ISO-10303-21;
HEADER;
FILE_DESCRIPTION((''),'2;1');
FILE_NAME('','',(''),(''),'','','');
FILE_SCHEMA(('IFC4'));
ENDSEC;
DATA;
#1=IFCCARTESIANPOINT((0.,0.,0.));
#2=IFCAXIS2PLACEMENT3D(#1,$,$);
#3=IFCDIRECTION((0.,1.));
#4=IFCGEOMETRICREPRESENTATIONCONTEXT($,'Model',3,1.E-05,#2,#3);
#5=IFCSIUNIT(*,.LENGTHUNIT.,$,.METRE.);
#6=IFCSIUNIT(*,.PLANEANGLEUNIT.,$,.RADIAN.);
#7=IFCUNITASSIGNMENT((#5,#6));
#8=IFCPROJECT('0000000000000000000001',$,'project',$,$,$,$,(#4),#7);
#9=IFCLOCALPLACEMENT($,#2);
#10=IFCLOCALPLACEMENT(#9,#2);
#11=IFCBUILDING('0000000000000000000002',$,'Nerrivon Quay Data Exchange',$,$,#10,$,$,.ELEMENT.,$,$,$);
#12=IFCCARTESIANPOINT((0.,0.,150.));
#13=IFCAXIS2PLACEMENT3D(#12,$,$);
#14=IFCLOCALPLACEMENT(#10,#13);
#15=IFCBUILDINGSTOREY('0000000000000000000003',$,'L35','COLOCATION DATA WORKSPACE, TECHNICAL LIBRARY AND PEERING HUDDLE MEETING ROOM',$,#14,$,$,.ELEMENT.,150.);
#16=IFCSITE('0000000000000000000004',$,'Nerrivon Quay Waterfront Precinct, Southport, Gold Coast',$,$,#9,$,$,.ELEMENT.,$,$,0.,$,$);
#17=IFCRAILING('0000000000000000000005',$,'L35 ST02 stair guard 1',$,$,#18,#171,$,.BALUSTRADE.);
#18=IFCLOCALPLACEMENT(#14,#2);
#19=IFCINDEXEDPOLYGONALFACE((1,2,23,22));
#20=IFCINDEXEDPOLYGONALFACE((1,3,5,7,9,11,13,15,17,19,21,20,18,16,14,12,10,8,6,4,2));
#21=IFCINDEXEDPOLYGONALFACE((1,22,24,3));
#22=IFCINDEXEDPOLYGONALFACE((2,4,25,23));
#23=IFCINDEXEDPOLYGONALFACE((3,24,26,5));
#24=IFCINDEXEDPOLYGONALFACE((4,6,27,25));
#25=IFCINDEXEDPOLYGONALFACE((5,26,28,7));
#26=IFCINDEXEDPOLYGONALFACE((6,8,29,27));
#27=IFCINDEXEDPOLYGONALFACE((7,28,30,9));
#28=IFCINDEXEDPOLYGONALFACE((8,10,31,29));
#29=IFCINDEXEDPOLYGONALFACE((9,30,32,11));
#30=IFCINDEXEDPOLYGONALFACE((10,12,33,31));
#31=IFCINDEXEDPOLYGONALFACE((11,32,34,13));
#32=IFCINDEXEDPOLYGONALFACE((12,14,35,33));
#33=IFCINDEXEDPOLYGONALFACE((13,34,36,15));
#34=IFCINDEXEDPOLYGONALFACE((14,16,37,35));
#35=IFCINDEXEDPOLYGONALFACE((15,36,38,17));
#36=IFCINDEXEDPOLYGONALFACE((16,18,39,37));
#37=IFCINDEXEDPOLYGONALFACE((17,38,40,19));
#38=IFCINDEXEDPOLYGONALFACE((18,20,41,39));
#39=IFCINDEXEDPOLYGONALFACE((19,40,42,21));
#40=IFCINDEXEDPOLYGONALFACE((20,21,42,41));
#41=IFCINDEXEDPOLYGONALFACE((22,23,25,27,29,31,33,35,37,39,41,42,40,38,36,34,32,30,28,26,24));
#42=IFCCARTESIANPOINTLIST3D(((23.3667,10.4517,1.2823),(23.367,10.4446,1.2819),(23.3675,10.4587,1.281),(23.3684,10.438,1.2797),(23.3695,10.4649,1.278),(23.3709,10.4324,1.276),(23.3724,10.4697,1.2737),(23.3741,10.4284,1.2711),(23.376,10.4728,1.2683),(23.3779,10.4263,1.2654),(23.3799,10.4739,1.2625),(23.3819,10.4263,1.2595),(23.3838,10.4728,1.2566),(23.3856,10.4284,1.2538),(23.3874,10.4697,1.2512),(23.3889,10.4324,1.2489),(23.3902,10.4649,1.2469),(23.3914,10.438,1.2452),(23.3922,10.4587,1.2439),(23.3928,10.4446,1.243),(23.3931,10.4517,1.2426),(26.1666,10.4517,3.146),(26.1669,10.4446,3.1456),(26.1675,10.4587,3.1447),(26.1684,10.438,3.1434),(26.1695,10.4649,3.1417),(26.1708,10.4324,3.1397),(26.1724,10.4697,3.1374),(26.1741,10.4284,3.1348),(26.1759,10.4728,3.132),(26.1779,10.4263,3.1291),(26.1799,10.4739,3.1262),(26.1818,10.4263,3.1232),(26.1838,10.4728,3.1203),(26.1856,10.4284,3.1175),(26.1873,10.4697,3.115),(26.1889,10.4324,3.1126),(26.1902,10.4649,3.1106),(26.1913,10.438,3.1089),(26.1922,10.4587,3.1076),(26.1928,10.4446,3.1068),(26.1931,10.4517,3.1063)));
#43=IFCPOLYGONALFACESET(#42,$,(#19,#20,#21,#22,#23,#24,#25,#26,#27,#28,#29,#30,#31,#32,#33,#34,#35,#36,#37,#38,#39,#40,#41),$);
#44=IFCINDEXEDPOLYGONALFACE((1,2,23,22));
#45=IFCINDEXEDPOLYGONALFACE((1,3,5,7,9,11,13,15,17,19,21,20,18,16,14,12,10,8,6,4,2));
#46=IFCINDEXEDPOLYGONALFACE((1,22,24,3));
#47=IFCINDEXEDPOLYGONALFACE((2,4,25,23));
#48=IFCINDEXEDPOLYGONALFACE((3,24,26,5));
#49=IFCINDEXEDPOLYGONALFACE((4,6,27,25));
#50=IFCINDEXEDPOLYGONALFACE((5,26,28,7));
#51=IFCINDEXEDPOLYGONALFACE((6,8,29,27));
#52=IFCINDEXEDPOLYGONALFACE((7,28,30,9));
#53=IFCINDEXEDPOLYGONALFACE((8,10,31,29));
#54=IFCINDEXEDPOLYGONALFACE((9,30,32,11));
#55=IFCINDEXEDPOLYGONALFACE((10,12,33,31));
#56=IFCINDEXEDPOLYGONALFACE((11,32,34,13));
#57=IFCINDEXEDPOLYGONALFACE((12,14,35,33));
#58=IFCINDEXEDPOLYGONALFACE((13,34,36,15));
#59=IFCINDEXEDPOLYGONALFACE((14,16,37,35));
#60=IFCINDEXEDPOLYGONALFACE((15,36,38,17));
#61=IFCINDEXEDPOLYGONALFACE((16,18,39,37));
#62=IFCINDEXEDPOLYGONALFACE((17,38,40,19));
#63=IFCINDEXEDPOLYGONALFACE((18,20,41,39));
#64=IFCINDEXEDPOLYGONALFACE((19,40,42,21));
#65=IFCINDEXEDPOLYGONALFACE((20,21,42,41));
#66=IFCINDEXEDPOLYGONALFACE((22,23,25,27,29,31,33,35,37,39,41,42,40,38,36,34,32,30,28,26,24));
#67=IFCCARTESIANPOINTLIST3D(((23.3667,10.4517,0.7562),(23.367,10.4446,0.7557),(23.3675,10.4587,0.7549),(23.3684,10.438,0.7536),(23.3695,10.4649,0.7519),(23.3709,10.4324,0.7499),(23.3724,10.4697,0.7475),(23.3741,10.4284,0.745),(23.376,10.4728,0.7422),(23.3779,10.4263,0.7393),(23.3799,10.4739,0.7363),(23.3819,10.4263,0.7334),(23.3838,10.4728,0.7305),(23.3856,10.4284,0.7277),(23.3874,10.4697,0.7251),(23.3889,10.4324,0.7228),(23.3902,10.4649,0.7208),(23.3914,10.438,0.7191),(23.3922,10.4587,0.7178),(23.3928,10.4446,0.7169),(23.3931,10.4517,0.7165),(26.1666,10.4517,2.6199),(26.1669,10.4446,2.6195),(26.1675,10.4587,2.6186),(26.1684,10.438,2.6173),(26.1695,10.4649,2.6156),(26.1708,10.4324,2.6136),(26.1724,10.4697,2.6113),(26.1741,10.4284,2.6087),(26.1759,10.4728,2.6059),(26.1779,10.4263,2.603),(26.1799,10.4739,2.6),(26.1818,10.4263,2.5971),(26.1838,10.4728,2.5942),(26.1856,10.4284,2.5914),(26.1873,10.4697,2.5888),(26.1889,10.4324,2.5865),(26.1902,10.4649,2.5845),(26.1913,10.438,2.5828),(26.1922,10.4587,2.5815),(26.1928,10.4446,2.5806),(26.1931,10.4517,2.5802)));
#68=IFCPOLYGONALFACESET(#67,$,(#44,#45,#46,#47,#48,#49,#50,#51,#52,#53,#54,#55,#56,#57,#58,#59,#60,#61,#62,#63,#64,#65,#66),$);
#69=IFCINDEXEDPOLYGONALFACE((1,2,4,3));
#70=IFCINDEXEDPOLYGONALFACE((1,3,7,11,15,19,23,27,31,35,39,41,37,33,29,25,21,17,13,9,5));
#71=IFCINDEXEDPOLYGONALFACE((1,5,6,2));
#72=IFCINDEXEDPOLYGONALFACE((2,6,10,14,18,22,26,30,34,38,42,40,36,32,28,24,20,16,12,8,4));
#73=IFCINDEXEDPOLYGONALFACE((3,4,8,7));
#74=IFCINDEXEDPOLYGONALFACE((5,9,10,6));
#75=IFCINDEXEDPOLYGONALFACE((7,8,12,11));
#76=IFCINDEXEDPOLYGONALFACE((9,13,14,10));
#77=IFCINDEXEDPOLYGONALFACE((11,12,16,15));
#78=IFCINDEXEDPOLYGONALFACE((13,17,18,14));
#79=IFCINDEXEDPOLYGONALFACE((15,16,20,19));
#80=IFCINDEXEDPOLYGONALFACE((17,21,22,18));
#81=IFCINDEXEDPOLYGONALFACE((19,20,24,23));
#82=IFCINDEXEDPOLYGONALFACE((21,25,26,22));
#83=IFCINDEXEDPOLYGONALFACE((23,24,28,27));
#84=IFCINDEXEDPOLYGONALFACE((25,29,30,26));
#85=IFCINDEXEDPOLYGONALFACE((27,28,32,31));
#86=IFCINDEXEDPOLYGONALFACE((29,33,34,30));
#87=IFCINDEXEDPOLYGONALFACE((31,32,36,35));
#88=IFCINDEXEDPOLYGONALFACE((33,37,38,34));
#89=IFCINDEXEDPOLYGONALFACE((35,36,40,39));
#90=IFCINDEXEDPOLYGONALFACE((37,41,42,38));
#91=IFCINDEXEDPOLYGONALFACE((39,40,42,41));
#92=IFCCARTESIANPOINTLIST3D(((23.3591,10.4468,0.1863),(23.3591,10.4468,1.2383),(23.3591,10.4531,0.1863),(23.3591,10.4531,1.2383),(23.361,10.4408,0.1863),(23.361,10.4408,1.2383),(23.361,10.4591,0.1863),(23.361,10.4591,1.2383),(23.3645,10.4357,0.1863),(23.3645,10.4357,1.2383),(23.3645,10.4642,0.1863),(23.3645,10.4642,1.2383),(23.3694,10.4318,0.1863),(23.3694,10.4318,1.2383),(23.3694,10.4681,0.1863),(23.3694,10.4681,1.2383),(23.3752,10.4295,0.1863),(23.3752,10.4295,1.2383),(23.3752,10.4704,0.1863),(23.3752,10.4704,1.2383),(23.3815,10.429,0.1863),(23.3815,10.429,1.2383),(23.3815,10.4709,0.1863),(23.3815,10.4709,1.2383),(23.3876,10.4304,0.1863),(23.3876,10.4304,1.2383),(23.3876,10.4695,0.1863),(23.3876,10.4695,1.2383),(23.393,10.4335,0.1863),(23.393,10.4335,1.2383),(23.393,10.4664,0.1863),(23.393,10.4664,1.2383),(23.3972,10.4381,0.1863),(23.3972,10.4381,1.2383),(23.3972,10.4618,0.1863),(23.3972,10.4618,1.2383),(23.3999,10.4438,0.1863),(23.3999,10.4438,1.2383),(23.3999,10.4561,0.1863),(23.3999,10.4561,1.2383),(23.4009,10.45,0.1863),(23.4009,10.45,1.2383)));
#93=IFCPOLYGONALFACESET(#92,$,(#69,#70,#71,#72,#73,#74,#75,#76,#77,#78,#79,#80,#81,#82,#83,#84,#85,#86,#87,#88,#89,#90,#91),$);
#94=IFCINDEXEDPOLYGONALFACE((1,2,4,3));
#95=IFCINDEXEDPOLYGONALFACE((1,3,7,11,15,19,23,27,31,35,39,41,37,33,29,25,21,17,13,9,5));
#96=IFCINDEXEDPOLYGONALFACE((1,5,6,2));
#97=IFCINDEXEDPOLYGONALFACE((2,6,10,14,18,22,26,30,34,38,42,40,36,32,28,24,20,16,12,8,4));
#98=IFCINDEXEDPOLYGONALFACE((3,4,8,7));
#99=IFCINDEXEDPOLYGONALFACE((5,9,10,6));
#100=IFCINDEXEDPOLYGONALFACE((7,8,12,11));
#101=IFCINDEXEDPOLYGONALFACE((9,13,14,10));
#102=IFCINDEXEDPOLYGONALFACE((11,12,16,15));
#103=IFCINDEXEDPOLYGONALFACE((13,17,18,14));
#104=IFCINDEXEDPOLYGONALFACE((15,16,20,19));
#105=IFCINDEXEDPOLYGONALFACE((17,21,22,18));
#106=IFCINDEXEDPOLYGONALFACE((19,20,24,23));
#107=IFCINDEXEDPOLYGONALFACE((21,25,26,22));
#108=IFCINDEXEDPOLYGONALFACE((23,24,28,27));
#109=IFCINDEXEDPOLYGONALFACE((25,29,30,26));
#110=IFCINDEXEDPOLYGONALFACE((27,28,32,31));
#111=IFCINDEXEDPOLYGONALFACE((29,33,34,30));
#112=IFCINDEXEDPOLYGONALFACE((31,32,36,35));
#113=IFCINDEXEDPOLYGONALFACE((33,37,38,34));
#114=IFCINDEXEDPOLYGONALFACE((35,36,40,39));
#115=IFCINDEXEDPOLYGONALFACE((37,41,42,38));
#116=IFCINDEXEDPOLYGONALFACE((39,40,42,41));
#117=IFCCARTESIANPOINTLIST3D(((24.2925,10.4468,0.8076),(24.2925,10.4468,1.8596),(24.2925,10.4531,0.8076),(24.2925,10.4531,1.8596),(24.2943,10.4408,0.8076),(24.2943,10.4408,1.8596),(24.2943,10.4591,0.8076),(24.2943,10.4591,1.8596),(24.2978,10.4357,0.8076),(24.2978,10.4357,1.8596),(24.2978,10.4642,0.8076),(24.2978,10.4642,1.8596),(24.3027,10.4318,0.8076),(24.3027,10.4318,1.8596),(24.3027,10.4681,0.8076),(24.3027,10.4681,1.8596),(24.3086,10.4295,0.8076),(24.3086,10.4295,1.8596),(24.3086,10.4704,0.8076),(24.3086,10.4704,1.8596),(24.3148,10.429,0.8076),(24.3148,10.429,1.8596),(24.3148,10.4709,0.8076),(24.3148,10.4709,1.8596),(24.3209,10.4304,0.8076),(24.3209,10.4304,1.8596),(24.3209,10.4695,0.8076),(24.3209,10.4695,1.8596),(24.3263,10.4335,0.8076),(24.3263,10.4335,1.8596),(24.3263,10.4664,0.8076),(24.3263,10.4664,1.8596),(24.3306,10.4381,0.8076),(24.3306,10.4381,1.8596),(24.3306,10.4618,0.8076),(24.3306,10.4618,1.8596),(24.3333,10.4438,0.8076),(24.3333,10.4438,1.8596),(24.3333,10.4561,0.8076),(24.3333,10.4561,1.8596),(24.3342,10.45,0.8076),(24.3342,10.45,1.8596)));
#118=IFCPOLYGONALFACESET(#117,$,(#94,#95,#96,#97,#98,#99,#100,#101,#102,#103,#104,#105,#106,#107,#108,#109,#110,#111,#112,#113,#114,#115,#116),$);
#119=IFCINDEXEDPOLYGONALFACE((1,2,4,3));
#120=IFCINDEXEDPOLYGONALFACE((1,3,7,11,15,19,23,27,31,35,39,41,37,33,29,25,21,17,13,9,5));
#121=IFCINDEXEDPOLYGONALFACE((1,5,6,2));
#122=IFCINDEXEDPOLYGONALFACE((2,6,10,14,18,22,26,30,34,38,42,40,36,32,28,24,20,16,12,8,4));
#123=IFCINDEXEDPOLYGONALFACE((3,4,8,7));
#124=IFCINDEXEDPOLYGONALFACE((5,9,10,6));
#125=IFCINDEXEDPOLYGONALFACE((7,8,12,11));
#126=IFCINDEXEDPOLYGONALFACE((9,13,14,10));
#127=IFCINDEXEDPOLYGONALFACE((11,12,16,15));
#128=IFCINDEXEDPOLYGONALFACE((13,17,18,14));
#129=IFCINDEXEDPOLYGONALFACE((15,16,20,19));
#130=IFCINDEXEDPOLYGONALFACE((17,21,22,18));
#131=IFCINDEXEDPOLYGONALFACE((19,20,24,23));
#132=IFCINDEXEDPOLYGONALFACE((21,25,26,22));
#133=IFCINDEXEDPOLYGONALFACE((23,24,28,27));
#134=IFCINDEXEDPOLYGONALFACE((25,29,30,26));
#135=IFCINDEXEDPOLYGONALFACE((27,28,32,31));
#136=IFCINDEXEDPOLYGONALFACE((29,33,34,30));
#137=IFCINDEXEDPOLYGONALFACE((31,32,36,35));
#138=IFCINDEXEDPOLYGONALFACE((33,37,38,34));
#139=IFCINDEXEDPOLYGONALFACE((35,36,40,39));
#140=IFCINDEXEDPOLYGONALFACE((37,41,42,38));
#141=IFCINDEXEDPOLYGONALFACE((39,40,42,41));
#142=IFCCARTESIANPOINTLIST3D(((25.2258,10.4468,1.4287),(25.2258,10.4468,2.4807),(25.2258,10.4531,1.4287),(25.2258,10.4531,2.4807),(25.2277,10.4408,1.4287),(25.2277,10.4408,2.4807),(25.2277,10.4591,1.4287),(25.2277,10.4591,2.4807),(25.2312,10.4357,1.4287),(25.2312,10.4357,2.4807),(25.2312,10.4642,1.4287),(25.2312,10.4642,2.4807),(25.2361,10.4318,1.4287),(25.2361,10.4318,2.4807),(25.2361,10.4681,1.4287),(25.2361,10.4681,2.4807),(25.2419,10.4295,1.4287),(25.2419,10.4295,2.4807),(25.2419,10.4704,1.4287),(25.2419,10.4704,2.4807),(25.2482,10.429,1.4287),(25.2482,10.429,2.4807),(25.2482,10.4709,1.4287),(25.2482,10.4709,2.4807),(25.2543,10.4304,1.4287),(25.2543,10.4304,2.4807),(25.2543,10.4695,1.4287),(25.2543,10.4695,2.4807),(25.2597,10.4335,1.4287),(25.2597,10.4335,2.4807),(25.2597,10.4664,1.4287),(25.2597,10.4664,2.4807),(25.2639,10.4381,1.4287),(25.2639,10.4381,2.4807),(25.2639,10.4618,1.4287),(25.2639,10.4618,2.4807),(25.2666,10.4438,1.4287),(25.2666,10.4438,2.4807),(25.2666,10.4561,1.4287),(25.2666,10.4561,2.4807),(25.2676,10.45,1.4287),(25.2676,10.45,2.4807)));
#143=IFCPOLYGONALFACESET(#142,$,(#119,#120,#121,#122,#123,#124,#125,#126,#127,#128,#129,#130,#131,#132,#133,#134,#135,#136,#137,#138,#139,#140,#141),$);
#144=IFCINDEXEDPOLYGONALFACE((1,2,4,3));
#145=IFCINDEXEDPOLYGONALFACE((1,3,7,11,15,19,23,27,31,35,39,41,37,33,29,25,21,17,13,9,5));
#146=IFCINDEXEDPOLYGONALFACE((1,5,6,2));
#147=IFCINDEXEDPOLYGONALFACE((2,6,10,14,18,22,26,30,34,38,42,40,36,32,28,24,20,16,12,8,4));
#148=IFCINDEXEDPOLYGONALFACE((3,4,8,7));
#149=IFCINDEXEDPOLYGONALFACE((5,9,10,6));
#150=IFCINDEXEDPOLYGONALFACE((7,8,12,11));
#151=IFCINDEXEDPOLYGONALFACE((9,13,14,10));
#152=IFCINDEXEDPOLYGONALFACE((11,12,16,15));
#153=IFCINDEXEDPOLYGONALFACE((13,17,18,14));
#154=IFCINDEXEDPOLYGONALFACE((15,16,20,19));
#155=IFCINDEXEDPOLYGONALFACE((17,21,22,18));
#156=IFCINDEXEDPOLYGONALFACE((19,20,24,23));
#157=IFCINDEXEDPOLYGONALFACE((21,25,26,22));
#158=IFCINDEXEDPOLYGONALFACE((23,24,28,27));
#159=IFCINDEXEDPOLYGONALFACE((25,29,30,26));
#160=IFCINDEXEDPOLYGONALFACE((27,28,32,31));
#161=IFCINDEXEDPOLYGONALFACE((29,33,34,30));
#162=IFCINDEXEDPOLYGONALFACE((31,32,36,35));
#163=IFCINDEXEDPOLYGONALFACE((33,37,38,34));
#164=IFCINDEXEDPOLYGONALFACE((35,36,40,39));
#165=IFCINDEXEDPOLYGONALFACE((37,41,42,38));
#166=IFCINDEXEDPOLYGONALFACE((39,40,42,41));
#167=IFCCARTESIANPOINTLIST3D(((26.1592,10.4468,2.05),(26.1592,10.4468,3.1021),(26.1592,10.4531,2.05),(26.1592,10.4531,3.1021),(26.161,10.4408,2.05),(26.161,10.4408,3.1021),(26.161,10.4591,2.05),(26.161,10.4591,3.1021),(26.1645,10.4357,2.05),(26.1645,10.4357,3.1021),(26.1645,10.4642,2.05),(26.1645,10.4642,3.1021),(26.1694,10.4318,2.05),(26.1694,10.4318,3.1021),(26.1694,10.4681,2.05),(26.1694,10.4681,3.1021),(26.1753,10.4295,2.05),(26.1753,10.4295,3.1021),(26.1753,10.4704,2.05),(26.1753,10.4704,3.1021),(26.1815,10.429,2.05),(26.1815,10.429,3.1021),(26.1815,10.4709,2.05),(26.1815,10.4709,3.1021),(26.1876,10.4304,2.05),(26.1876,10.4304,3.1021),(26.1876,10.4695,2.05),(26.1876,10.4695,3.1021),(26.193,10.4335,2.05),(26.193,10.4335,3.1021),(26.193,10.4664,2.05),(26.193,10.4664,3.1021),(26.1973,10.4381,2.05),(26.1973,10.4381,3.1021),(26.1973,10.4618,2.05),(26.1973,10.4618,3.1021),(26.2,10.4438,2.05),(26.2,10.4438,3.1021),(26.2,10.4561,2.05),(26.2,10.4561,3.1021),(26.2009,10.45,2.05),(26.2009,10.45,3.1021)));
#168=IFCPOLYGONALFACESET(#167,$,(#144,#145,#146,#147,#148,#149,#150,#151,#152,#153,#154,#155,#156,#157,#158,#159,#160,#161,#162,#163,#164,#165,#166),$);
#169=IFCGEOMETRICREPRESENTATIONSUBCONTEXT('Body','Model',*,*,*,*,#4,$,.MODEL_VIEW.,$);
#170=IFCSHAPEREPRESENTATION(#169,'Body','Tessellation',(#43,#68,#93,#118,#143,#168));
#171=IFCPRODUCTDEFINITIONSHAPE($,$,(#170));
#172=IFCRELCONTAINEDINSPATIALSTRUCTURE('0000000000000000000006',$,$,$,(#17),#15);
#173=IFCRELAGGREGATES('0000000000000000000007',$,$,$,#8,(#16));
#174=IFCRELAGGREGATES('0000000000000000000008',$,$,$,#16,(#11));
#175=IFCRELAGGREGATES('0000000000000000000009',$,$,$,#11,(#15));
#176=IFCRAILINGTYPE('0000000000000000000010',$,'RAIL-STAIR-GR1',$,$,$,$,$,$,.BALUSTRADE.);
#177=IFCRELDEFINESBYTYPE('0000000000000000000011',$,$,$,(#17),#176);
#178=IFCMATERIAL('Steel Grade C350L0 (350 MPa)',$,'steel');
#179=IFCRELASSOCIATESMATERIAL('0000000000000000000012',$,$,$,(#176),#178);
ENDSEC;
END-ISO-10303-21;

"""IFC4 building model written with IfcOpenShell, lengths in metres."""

from ifc_helpers import new_model, si_unit, direction, frame, origin, origin_2d, place, context, subcontext, project, spatial, circle, extrude, material, type_object, element, save


model = new_model("IFC4")

# Units and contexts
model_context = context("Model", 3, precision=1e-05, world=origin(), true_north=direction((0.0, 1.0)))
body_context = subcontext(model_context, "Body", "Model", "MODEL_VIEW")
ifc_project = project(units=[si_unit("LENGTHUNIT", "METRE"), si_unit("PLANEANGLEUNIT", "RADIAN")], contexts=[model_context])

# Site, building, storey
site_placement = place(None, origin())
site = spatial("IfcSite", under=ifc_project, at=site_placement, Name="Nerrivon Quay Waterfront Precinct, Southport, Gold Coast", CompositionType="ELEMENT", RefElevation=0.0)
building_placement = place(site_placement, origin())
building = spatial("IfcBuilding", under=site, at=building_placement, Name="Nerrivon Quay Data Exchange", CompositionType="ELEMENT")
storey_placement = place(building_placement, frame((0.0, 0.0, 150.0)))
storey = spatial("IfcBuildingStorey", under=building, at=storey_placement, Name="L35", Description="COLOCATION DATA WORKSPACE, TECHNICAL LIBRARY AND PEERING HUDDLE MEETING ROOM", CompositionType="ELEMENT", Elevation=150.0)

# Railing
ifc_material_1 = material(Name="Steel Grade C350L0 (350 MPa)", Category="steel")
railing_type_1 = type_object("IfcRailingType", Name="RAIL-STAIR-GR1", PredefinedType="BALUSTRADE", material=ifc_material_1)
railing_1_placement = place(storey_placement, frame((23.3799, 10.45, 0.1863)))
element("IfcRailing", 1, at=railing_1_placement, inside=storey, type_object=railing_type_1, Name="L35 ST02 stair guard 1", PredefinedType="BALUSTRADE", context=body_context, shape_type="SweptSolid", body=[
    extrude(circle(Radius=0.0239, at=origin_2d()), frame((0.0, 0.0, 1.0762), z_axis=(0.832452, 0.0, 0.554097), x_axis=(0.0, 1.0, 0.0)), (0.0, 0.0, 1.0), 3.3635),
    extrude(circle(Radius=0.0239, at=origin_2d()), frame((0.0, 0.0, 0.55), z_axis=(0.832452, 0.0, 0.554097), x_axis=(0.0, 1.0, 0.0)), (0.0, 0.0, 1.0), 3.3635),
    extrude(circle(Radius=0.021, at=origin_2d()), origin(), (0.0, 0.0, 1.0), 1.052),
    extrude(circle(Radius=0.021, at=origin_2d()), frame((0.9333, 0.0, 0.6213)), (0.0, 0.0, 1.0), 1.052),
    extrude(circle(Radius=0.021, at=origin_2d()), frame((1.8667, 0.0, 1.2424)), (0.0, 0.0, 1.0), 1.052),
    extrude(circle(Radius=0.021, at=origin_2d()), frame((2.8, 0.0, 1.8638)), (0.0, 0.0, 1.0), 1.052),
])

save(model, "model.ifc")
